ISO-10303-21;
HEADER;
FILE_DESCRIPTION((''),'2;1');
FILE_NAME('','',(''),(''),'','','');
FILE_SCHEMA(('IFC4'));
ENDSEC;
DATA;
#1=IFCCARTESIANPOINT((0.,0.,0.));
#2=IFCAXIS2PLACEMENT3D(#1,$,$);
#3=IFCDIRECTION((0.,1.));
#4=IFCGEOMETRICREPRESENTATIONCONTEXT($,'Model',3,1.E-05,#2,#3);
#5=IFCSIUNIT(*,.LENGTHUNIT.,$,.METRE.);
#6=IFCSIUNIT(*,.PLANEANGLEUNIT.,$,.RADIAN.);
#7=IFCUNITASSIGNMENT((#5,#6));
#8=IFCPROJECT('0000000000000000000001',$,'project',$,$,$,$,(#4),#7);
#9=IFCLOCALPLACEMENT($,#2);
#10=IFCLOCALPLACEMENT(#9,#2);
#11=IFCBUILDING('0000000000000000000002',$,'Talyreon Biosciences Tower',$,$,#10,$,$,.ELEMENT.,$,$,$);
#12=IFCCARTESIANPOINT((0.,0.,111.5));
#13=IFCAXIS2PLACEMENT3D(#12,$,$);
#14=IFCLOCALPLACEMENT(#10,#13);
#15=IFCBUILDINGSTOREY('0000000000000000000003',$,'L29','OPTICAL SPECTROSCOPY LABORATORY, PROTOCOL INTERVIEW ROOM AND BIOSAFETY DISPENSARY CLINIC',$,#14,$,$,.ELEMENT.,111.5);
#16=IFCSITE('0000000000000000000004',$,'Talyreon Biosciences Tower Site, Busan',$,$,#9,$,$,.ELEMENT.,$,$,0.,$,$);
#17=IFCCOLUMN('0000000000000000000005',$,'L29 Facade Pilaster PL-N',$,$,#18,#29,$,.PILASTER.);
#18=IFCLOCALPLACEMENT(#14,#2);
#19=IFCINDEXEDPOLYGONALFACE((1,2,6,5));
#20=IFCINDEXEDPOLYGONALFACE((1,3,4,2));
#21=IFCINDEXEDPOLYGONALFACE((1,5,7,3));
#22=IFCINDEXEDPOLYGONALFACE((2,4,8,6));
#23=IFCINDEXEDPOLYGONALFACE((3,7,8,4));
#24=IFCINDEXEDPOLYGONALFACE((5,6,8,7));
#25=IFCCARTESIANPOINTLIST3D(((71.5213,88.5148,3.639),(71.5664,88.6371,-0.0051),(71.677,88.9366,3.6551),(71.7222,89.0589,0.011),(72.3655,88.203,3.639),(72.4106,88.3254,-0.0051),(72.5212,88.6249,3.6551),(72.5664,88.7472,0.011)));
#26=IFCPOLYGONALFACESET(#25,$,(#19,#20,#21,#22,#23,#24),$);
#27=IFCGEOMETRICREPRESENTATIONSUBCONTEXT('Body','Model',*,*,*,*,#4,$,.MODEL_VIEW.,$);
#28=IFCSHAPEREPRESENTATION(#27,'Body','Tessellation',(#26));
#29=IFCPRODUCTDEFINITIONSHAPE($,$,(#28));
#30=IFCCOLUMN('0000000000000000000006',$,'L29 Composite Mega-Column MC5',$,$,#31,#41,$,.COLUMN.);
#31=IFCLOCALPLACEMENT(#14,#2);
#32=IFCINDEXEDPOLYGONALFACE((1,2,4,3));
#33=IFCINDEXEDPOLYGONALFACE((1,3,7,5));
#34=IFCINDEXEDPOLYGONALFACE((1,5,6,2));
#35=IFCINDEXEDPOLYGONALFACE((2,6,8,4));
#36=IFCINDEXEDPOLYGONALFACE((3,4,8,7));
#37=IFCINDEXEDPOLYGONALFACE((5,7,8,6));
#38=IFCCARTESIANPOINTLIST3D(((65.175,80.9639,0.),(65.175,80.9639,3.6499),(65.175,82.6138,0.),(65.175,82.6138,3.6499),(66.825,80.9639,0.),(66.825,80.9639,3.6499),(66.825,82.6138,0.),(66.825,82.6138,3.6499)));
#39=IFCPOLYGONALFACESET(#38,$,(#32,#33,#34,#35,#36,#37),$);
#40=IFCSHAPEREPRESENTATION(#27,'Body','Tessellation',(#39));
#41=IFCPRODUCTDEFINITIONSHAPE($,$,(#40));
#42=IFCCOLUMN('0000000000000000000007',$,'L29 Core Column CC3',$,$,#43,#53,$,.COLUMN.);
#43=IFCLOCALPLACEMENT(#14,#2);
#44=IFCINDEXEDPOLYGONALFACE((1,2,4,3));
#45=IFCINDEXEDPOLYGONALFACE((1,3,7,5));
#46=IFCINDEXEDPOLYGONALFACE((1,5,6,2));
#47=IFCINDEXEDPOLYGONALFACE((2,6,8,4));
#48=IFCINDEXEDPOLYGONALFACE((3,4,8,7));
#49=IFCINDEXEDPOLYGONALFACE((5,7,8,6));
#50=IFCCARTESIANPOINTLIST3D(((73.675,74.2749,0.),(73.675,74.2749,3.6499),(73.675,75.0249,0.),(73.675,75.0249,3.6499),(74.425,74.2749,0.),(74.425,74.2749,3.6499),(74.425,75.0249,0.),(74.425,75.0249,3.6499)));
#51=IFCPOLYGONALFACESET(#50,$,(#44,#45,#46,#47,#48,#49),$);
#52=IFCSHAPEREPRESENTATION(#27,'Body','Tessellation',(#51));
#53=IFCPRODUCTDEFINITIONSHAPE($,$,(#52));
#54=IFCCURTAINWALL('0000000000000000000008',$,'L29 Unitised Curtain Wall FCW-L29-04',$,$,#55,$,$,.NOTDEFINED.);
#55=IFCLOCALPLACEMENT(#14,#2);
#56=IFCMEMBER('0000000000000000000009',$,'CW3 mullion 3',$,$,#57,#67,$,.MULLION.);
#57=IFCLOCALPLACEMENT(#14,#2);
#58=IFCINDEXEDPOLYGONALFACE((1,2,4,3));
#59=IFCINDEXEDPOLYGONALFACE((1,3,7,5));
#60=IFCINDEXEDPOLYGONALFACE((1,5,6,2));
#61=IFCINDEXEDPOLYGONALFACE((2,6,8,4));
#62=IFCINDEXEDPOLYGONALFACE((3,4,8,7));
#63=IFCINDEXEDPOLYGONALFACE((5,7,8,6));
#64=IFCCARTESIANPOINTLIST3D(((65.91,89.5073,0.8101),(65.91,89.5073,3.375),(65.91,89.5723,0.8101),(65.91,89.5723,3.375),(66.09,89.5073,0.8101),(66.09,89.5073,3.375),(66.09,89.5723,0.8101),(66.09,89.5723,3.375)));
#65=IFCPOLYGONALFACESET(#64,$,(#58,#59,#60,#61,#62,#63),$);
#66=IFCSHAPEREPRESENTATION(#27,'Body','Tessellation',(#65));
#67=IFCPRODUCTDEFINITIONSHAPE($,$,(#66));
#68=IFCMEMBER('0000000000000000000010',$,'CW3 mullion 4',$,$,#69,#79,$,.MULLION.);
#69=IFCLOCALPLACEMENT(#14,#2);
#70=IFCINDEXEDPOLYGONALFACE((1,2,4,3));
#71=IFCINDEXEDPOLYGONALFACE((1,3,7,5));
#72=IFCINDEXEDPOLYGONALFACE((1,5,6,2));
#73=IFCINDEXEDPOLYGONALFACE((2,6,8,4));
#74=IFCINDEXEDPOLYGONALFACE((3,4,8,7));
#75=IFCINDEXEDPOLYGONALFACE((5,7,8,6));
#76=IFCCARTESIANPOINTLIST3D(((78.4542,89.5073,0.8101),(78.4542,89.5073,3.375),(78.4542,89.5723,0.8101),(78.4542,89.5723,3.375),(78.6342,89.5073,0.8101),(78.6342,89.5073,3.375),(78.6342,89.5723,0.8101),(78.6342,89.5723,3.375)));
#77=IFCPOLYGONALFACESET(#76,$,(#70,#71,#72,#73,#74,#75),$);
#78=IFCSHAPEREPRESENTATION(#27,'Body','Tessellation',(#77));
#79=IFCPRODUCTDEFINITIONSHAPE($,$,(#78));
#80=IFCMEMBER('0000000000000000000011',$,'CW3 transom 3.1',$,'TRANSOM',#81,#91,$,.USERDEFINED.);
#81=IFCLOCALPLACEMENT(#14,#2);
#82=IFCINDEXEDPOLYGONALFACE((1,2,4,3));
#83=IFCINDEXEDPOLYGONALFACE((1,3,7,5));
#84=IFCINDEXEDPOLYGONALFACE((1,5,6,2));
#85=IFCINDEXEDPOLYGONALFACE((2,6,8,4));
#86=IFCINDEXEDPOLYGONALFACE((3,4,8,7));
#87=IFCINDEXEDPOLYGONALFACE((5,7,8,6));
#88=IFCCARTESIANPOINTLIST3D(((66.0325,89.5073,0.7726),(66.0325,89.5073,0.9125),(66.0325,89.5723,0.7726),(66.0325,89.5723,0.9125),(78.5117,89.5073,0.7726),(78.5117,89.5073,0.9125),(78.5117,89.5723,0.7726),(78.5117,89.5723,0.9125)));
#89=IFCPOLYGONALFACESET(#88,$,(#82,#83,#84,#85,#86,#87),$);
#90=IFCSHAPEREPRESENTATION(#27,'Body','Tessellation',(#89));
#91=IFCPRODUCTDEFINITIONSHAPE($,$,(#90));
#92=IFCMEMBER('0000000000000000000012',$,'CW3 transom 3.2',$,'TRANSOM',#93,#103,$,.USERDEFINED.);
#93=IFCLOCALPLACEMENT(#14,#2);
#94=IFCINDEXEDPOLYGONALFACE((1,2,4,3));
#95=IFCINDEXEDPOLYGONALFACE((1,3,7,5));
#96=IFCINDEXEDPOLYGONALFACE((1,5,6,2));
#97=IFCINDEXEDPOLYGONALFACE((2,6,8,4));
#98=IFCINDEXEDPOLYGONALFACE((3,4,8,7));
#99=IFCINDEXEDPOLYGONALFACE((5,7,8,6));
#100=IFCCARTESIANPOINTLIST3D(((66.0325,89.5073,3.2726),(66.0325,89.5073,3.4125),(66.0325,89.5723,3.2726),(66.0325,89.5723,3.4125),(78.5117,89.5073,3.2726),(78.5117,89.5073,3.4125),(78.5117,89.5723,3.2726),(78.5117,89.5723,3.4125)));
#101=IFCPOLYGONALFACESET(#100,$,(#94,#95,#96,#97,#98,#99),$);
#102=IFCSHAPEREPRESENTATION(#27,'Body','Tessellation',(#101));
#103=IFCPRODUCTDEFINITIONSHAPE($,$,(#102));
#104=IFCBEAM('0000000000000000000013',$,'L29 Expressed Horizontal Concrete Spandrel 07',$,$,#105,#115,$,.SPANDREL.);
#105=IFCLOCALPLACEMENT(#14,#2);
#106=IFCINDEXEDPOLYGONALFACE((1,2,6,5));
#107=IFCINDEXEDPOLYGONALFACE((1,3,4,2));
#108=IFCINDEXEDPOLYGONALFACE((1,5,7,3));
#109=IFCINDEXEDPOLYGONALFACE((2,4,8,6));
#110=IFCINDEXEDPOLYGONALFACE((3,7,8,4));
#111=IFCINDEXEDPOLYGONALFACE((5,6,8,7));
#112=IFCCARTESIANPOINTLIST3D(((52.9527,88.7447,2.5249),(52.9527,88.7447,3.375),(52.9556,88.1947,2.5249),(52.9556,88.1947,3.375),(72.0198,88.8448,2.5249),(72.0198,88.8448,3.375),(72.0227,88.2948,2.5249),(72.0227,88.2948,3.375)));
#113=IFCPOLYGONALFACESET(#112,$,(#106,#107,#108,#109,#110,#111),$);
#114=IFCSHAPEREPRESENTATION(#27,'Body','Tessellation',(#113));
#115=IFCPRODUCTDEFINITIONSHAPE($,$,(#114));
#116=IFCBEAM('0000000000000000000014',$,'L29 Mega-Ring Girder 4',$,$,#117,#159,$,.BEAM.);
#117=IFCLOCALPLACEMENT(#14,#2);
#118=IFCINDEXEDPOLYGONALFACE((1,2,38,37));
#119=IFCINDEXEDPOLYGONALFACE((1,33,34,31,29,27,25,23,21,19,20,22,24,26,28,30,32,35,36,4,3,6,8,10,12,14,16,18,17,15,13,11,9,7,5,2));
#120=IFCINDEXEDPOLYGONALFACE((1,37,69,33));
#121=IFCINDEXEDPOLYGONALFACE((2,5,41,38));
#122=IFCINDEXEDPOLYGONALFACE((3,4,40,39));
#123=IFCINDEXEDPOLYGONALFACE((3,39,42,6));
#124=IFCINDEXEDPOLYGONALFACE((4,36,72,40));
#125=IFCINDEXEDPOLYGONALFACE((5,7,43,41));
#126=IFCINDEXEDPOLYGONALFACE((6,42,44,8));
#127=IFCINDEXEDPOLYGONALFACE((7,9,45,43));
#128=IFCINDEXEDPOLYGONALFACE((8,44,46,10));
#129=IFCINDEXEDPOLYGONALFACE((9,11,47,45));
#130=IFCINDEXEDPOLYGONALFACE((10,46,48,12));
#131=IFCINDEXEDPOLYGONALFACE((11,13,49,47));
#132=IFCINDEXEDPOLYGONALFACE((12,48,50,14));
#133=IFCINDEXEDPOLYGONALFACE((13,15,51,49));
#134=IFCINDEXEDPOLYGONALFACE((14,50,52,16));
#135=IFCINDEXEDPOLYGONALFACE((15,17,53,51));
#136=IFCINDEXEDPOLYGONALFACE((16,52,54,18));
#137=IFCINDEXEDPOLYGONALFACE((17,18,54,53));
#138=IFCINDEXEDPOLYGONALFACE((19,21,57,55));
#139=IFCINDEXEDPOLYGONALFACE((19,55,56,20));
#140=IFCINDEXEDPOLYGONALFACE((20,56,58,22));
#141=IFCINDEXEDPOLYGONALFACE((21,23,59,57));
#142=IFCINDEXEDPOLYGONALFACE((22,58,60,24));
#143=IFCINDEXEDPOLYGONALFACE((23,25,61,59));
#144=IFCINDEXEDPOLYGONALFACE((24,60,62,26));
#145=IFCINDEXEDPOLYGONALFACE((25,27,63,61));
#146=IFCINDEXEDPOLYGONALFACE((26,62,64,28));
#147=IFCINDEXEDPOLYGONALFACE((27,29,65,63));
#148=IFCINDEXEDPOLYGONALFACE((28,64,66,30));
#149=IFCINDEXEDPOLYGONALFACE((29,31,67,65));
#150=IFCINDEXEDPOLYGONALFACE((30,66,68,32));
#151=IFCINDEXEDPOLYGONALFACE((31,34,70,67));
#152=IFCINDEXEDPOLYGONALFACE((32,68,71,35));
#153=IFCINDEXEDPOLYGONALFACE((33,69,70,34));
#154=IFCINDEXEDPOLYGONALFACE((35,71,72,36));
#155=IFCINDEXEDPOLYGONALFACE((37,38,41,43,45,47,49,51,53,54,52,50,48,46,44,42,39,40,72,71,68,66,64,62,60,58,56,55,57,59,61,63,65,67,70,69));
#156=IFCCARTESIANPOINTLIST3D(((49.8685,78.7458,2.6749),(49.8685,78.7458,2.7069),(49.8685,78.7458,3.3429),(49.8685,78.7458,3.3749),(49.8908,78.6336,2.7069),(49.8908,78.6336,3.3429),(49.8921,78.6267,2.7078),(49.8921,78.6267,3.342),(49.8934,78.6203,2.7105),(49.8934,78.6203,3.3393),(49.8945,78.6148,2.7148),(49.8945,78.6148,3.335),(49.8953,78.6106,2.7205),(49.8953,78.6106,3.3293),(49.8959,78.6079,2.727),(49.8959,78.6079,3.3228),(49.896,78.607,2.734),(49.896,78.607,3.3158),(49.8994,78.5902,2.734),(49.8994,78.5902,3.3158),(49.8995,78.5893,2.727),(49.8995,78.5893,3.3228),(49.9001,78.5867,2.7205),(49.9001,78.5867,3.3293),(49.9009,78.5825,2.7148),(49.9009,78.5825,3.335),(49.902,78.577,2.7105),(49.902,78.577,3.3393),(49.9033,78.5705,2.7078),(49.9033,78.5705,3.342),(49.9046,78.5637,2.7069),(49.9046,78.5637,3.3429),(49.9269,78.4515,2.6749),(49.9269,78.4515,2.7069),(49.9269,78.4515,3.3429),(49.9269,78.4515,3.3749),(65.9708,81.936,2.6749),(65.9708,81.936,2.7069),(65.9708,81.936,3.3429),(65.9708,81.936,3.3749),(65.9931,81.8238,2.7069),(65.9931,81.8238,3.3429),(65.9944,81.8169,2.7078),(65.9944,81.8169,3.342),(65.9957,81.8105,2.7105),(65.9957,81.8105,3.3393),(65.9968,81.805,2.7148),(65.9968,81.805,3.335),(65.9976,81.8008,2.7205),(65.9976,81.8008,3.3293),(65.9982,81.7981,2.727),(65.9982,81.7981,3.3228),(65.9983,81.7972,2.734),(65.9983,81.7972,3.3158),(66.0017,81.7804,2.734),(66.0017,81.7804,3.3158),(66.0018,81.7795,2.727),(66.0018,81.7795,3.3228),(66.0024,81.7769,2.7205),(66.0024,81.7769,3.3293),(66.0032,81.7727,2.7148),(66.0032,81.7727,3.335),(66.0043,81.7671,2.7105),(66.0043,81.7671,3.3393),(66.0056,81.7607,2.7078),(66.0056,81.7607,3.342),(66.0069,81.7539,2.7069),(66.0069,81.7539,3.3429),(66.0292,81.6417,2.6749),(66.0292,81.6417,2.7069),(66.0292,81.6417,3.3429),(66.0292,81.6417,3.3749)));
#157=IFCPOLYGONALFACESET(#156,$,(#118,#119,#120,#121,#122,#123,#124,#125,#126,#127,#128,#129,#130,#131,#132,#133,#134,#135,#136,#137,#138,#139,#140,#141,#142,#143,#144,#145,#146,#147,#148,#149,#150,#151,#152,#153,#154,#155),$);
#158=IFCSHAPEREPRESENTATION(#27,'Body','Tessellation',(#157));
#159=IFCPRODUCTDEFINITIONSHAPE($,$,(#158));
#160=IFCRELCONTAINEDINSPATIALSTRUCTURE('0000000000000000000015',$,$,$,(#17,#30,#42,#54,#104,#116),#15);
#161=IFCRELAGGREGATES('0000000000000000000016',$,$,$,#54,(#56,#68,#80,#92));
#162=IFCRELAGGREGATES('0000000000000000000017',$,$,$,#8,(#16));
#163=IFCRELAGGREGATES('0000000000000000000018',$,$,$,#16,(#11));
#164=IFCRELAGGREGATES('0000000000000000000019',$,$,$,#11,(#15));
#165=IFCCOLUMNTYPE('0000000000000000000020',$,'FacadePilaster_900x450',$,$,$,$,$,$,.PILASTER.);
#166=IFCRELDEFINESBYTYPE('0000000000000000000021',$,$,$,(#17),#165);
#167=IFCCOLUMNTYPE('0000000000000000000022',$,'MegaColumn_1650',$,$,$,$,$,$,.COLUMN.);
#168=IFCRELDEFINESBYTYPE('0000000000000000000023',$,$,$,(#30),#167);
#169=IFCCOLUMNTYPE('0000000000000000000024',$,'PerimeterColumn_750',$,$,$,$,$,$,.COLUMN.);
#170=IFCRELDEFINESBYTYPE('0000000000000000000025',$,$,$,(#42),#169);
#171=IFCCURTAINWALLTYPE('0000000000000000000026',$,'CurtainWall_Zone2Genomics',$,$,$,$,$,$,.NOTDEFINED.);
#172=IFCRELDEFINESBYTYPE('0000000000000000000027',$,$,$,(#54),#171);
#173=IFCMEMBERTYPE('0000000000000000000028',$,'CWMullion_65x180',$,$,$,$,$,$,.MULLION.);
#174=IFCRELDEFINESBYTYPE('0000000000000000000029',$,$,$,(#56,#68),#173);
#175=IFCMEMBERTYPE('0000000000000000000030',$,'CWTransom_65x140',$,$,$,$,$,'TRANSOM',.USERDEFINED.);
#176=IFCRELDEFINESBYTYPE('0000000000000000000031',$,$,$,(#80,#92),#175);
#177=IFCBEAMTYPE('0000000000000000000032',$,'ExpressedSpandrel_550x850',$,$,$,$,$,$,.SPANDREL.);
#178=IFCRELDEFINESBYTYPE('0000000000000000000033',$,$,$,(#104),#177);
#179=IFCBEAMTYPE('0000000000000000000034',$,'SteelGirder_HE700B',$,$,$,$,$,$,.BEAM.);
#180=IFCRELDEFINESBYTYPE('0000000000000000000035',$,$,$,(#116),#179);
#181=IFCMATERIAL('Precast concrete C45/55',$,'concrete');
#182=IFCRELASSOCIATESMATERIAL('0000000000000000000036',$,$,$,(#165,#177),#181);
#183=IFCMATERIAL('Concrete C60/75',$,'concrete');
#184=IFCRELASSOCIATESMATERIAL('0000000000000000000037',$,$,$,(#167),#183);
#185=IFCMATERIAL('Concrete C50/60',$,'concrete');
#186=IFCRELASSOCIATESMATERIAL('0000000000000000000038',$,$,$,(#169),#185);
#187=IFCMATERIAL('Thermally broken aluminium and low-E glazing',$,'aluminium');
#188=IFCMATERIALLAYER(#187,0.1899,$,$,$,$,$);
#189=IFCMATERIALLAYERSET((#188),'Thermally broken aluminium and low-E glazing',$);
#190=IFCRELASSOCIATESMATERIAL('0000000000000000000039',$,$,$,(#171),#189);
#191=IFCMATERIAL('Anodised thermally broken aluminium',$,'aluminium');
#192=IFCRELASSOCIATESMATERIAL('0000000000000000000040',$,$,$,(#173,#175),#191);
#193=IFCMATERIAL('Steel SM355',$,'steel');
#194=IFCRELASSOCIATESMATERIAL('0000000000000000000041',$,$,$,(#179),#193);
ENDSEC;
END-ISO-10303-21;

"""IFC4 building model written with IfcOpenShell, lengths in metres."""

from ifc_helpers import new_model, si_unit, direction, frame, origin, origin_2d, place, context, subcontext, project, spatial, rectangle, i_section, extrude, material, layer, layer_set, material_profile, profile_set, type_object, element, aggregate, save


model = new_model("IFC4")

# Units and contexts
model_context = context("Model", 3, precision=1e-05, world=origin(), true_north=direction((0.0, 1.0)))
body_context = subcontext(model_context, "Body", "Model", "MODEL_VIEW")
ifc_project = project(units=[si_unit("LENGTHUNIT", "METRE"), si_unit("PLANEANGLEUNIT", "RADIAN")], contexts=[model_context])

# Site, building, storey
site_placement = place(None, origin())
site = spatial("IfcSite", under=ifc_project, at=site_placement, Name="Talyreon Biosciences Tower Site, Busan", CompositionType="ELEMENT", RefElevation=0.0)
building_placement = place(site_placement, origin())
building = spatial("IfcBuilding", under=site, at=building_placement, Name="Talyreon Biosciences Tower", CompositionType="ELEMENT")
storey_placement = place(building_placement, frame((0.0, 0.0, 111.5)))
storey = spatial("IfcBuildingStorey", under=building, at=storey_placement, Name="L29", Description="OPTICAL SPECTROSCOPY LABORATORY, PROTOCOL INTERVIEW ROOM AND BIOSAFETY DISPENSARY CLINIC", CompositionType="ELEMENT", Elevation=111.5)

# Columns
ifc_material_1 = material(Name="Precast concrete C45/55", Category="concrete")
ifc_material_profile_1 = material_profile(ifc_material_1, rectangle(XDim=0.8999, YDim=0.45, at=origin_2d()), Name="RC 900x450")
ifc_profile_set_1 = profile_set([ifc_material_profile_1], Name="Precast concrete C45/55")
column_type_1 = type_object("IfcColumnType", Name="FacadePilaster_900x450", PredefinedType="PILASTER", material=ifc_profile_set_1)
column_1_placement = place(storey_placement, frame((72.0664, 88.6921, 0.0029), z_axis=(-0.012387, -0.033544, 0.99936), x_axis=(-0.938087, 0.346399, 0.0)))
element("IfcColumn", 1, at=column_1_placement, inside=storey, type_object=column_type_1, Name="L29 Facade Pilaster PL-N", PredefinedType="PILASTER", context=body_context, shape_type="SweptSolid", body=[
    extrude(rectangle(XDim=0.8999, YDim=0.45, at=origin_2d()), origin(), (0.0, 0.0, 1.0), 3.6465),
])
ifc_material_2 = material(Name="Concrete C60/75", Category="concrete")
ifc_material_profile_2 = material_profile(ifc_material_2, rectangle(XDim=1.6499, YDim=1.6499, at=origin_2d()), Name="RC 1650x1650")
ifc_profile_set_2 = profile_set([ifc_material_profile_2], Name="Concrete C60/75")
column_type_2 = type_object("IfcColumnType", Name="MegaColumn_1650", PredefinedType="COLUMN", material=ifc_profile_set_2)
column_2_placement = place(storey_placement, frame((66.0, 81.7888, 0.0), z_axis=(0.0, 0.0, 1.0), x_axis=(1.0, 0.0, 0.0)))
element("IfcColumn", 2, at=column_2_placement, inside=storey, type_object=column_type_2, Name="L29 Composite Mega-Column MC5", PredefinedType="COLUMN", context=body_context, shape_type="SweptSolid", body=[
    extrude(rectangle(XDim=1.6499, YDim=1.6499, at=origin_2d()), origin(), (0.0, 0.0, 1.0), 3.6499),
])
ifc_material_3 = material(Name="Concrete C50/60", Category="concrete")
ifc_material_profile_3 = material_profile(ifc_material_3, rectangle(XDim=0.75, YDim=0.75, at=origin_2d()), Name="RC 750x750")
ifc_profile_set_3 = profile_set([ifc_material_profile_3], Name="Concrete C50/60")
column_type_3 = type_object("IfcColumnType", Name="PerimeterColumn_750", PredefinedType="COLUMN", material=ifc_profile_set_3)
column_3_placement = place(storey_placement, frame((74.05, 74.6499, 0.0), z_axis=(0.0, 0.0, 1.0), x_axis=(1.0, 0.0, 0.0)))
element("IfcColumn", 3, at=column_3_placement, inside=storey, type_object=column_type_3, Name="L29 Core Column CC3", PredefinedType="COLUMN", context=body_context, shape_type="SweptSolid", body=[
    extrude(rectangle(XDim=0.75, YDim=0.75, at=origin_2d()), origin(), (0.0, 0.0, 1.0), 3.6499),
])

# Curtain wall, members
ifc_material_4 = material(Name="Thermally broken aluminium and low-E glazing", Category="aluminium")
ifc_layer_1 = layer(ifc_material_4, 0.1899)
ifc_layer_set_1 = layer_set([ifc_layer_1], Name="Thermally broken aluminium and low-E glazing")
curtain_wall_type = type_object("IfcCurtainWallType", Name="CurtainWall_Zone2Genomics", PredefinedType="NOTDEFINED", material=ifc_layer_set_1)
curtain_wall_placement = place(storey_placement, origin())
curtain_wall = element("IfcCurtainWall", 4, at=curtain_wall_placement, inside=storey, type_object=curtain_wall_type, Name="L29 Unitised Curtain Wall FCW-L29-04", PredefinedType="NOTDEFINED")
ifc_material_5 = material(Name="Anodised thermally broken aluminium", Category="aluminium")
ifc_material_profile_4 = material_profile(ifc_material_5, rectangle(XDim=0.0649, YDim=0.1799, at=origin_2d()), Name="ALUM MULLION 65x180")
ifc_profile_set_4 = profile_set([ifc_material_profile_4], Name="Anodised thermally broken aluminium")
member_type_1 = type_object("IfcMemberType", Name="CWMullion_65x180", PredefinedType="MULLION", material=ifc_profile_set_4)
member_1_placement = place(storey_placement, frame((66.0, 89.5398, 0.8101), z_axis=(0.0, 0.0, 1.0), x_axis=(0.0, 1.0, 0.0)))
member_1 = element("IfcMember", 5, at=member_1_placement, type_object=member_type_1, Name="CW3 mullion 3", PredefinedType="MULLION", context=body_context, shape_type="SweptSolid", body=[
    extrude(rectangle(XDim=0.0649, YDim=0.1799, at=origin_2d()), origin(), (0.0, 0.0, 1.0), 2.5649),
])
member_2_placement = place(storey_placement, frame((78.5442, 89.5398, 0.8101), z_axis=(0.0, 0.0, 1.0), x_axis=(0.0, 1.0, 0.0)))
member_2 = element("IfcMember", 6, at=member_2_placement, type_object=member_type_1, Name="CW3 mullion 4", PredefinedType="MULLION", context=body_context, shape_type="SweptSolid", body=[
    extrude(rectangle(XDim=0.0649, YDim=0.1799, at=origin_2d()), origin(), (0.0, 0.0, 1.0), 2.5649),
])
ifc_material_profile_5 = material_profile(ifc_material_5, rectangle(XDim=0.0649, YDim=0.1399, at=origin_2d()), Name="ALUM TRANSOM 65x140")
ifc_profile_set_5 = profile_set([ifc_material_profile_5], Name="Anodised thermally broken aluminium")
member_type_2 = type_object("IfcMemberType", Name="CWTransom_65x140", ElementType="TRANSOM", PredefinedType="USERDEFINED", material=ifc_profile_set_5)
member_3_placement = place(storey_placement, frame((66.0325, 89.5398, 0.8425), z_axis=(1.0, 0.0, 0.0), x_axis=(0.0, 1.0, 0.0)))
member_3 = element("IfcMember", 7, at=member_3_placement, type_object=member_type_2, Name="CW3 transom 3.1", ObjectType="TRANSOM", PredefinedType="USERDEFINED", context=body_context, shape_type="SweptSolid", body=[
    extrude(rectangle(XDim=0.0649, YDim=0.1399, at=origin_2d()), origin(), (0.0, 0.0, 1.0), 12.4792),
])
member_4_placement = place(storey_placement, frame((66.0325, 89.5398, 3.3425), z_axis=(1.0, 0.0, 0.0), x_axis=(0.0, 1.0, 0.0)))
member_4 = element("IfcMember", 8, at=member_4_placement, type_object=member_type_2, Name="CW3 transom 3.2", ObjectType="TRANSOM", PredefinedType="USERDEFINED", context=body_context, shape_type="SweptSolid", body=[
    extrude(rectangle(XDim=0.0649, YDim=0.1399, at=origin_2d()), origin(), (0.0, 0.0, 1.0), 12.4792),
])

# Beams
ifc_material_profile_6 = material_profile(ifc_material_1, rectangle(XDim=0.55, YDim=0.8501, at=origin_2d()), Name="RCB 550x850")
ifc_profile_set_6 = profile_set([ifc_material_profile_6], Name="Precast concrete C45/55")
beam_type_1 = type_object("IfcBeamType", Name="ExpressedSpandrel_550x850", PredefinedType="SPANDREL", material=ifc_profile_set_6)
beam_1_placement = place(storey_placement, frame((72.0212, 88.5698, 2.95), z_axis=(-0.999986, -0.00525, 0.0), x_axis=(0.00525, -0.999986, 0.0)))
element("IfcBeam", 9, at=beam_1_placement, inside=storey, type_object=beam_type_1, Name="L29 Expressed Horizontal Concrete Spandrel 07", PredefinedType="SPANDREL", context=body_context, shape_type="SweptSolid", body=[
    extrude(rectangle(XDim=0.55, YDim=0.8501, at=origin_2d()), origin(), (0.0, 0.0, 1.0), 19.0674),
])
ifc_material_6 = material(Name="Steel SM355", Category="steel")
ifc_material_profile_7 = material_profile(ifc_material_6, i_section(OverallWidth=0.3, OverallDepth=0.7, WebThickness=0.0171, FlangeThickness=0.032, FilletRadius=0.0271, at=origin_2d()), Name="HE700B")
ifc_profile_set_7 = profile_set([ifc_material_profile_7], Name="Steel SM355")
beam_type_2 = type_object("IfcBeamType", Name="SteelGirder_HE700B", PredefinedType="BEAM", material=ifc_profile_set_7)
beam_2_placement = place(storey_placement, frame((66.0, 81.7888, 3.0249), z_axis=(-0.980934, -0.194343, 0.0), x_axis=(0.194343, -0.980934, 0.0)))
element("IfcBeam", 10, at=beam_2_placement, inside=storey, type_object=beam_type_2, Name="L29 Mega-Ring Girder 4", PredefinedType="BEAM", context=body_context, shape_type="SweptSolid", body=[
    extrude(i_section(OverallWidth=0.3, OverallDepth=0.7, WebThickness=0.0171, FlangeThickness=0.032, FilletRadius=0.0271, at=origin_2d()), origin(), (0.0, 0.0, 1.0), 16.4153),
])

aggregate(curtain_wall, [member_1, member_2, member_3, member_4])

save(model, "model.ifc")
